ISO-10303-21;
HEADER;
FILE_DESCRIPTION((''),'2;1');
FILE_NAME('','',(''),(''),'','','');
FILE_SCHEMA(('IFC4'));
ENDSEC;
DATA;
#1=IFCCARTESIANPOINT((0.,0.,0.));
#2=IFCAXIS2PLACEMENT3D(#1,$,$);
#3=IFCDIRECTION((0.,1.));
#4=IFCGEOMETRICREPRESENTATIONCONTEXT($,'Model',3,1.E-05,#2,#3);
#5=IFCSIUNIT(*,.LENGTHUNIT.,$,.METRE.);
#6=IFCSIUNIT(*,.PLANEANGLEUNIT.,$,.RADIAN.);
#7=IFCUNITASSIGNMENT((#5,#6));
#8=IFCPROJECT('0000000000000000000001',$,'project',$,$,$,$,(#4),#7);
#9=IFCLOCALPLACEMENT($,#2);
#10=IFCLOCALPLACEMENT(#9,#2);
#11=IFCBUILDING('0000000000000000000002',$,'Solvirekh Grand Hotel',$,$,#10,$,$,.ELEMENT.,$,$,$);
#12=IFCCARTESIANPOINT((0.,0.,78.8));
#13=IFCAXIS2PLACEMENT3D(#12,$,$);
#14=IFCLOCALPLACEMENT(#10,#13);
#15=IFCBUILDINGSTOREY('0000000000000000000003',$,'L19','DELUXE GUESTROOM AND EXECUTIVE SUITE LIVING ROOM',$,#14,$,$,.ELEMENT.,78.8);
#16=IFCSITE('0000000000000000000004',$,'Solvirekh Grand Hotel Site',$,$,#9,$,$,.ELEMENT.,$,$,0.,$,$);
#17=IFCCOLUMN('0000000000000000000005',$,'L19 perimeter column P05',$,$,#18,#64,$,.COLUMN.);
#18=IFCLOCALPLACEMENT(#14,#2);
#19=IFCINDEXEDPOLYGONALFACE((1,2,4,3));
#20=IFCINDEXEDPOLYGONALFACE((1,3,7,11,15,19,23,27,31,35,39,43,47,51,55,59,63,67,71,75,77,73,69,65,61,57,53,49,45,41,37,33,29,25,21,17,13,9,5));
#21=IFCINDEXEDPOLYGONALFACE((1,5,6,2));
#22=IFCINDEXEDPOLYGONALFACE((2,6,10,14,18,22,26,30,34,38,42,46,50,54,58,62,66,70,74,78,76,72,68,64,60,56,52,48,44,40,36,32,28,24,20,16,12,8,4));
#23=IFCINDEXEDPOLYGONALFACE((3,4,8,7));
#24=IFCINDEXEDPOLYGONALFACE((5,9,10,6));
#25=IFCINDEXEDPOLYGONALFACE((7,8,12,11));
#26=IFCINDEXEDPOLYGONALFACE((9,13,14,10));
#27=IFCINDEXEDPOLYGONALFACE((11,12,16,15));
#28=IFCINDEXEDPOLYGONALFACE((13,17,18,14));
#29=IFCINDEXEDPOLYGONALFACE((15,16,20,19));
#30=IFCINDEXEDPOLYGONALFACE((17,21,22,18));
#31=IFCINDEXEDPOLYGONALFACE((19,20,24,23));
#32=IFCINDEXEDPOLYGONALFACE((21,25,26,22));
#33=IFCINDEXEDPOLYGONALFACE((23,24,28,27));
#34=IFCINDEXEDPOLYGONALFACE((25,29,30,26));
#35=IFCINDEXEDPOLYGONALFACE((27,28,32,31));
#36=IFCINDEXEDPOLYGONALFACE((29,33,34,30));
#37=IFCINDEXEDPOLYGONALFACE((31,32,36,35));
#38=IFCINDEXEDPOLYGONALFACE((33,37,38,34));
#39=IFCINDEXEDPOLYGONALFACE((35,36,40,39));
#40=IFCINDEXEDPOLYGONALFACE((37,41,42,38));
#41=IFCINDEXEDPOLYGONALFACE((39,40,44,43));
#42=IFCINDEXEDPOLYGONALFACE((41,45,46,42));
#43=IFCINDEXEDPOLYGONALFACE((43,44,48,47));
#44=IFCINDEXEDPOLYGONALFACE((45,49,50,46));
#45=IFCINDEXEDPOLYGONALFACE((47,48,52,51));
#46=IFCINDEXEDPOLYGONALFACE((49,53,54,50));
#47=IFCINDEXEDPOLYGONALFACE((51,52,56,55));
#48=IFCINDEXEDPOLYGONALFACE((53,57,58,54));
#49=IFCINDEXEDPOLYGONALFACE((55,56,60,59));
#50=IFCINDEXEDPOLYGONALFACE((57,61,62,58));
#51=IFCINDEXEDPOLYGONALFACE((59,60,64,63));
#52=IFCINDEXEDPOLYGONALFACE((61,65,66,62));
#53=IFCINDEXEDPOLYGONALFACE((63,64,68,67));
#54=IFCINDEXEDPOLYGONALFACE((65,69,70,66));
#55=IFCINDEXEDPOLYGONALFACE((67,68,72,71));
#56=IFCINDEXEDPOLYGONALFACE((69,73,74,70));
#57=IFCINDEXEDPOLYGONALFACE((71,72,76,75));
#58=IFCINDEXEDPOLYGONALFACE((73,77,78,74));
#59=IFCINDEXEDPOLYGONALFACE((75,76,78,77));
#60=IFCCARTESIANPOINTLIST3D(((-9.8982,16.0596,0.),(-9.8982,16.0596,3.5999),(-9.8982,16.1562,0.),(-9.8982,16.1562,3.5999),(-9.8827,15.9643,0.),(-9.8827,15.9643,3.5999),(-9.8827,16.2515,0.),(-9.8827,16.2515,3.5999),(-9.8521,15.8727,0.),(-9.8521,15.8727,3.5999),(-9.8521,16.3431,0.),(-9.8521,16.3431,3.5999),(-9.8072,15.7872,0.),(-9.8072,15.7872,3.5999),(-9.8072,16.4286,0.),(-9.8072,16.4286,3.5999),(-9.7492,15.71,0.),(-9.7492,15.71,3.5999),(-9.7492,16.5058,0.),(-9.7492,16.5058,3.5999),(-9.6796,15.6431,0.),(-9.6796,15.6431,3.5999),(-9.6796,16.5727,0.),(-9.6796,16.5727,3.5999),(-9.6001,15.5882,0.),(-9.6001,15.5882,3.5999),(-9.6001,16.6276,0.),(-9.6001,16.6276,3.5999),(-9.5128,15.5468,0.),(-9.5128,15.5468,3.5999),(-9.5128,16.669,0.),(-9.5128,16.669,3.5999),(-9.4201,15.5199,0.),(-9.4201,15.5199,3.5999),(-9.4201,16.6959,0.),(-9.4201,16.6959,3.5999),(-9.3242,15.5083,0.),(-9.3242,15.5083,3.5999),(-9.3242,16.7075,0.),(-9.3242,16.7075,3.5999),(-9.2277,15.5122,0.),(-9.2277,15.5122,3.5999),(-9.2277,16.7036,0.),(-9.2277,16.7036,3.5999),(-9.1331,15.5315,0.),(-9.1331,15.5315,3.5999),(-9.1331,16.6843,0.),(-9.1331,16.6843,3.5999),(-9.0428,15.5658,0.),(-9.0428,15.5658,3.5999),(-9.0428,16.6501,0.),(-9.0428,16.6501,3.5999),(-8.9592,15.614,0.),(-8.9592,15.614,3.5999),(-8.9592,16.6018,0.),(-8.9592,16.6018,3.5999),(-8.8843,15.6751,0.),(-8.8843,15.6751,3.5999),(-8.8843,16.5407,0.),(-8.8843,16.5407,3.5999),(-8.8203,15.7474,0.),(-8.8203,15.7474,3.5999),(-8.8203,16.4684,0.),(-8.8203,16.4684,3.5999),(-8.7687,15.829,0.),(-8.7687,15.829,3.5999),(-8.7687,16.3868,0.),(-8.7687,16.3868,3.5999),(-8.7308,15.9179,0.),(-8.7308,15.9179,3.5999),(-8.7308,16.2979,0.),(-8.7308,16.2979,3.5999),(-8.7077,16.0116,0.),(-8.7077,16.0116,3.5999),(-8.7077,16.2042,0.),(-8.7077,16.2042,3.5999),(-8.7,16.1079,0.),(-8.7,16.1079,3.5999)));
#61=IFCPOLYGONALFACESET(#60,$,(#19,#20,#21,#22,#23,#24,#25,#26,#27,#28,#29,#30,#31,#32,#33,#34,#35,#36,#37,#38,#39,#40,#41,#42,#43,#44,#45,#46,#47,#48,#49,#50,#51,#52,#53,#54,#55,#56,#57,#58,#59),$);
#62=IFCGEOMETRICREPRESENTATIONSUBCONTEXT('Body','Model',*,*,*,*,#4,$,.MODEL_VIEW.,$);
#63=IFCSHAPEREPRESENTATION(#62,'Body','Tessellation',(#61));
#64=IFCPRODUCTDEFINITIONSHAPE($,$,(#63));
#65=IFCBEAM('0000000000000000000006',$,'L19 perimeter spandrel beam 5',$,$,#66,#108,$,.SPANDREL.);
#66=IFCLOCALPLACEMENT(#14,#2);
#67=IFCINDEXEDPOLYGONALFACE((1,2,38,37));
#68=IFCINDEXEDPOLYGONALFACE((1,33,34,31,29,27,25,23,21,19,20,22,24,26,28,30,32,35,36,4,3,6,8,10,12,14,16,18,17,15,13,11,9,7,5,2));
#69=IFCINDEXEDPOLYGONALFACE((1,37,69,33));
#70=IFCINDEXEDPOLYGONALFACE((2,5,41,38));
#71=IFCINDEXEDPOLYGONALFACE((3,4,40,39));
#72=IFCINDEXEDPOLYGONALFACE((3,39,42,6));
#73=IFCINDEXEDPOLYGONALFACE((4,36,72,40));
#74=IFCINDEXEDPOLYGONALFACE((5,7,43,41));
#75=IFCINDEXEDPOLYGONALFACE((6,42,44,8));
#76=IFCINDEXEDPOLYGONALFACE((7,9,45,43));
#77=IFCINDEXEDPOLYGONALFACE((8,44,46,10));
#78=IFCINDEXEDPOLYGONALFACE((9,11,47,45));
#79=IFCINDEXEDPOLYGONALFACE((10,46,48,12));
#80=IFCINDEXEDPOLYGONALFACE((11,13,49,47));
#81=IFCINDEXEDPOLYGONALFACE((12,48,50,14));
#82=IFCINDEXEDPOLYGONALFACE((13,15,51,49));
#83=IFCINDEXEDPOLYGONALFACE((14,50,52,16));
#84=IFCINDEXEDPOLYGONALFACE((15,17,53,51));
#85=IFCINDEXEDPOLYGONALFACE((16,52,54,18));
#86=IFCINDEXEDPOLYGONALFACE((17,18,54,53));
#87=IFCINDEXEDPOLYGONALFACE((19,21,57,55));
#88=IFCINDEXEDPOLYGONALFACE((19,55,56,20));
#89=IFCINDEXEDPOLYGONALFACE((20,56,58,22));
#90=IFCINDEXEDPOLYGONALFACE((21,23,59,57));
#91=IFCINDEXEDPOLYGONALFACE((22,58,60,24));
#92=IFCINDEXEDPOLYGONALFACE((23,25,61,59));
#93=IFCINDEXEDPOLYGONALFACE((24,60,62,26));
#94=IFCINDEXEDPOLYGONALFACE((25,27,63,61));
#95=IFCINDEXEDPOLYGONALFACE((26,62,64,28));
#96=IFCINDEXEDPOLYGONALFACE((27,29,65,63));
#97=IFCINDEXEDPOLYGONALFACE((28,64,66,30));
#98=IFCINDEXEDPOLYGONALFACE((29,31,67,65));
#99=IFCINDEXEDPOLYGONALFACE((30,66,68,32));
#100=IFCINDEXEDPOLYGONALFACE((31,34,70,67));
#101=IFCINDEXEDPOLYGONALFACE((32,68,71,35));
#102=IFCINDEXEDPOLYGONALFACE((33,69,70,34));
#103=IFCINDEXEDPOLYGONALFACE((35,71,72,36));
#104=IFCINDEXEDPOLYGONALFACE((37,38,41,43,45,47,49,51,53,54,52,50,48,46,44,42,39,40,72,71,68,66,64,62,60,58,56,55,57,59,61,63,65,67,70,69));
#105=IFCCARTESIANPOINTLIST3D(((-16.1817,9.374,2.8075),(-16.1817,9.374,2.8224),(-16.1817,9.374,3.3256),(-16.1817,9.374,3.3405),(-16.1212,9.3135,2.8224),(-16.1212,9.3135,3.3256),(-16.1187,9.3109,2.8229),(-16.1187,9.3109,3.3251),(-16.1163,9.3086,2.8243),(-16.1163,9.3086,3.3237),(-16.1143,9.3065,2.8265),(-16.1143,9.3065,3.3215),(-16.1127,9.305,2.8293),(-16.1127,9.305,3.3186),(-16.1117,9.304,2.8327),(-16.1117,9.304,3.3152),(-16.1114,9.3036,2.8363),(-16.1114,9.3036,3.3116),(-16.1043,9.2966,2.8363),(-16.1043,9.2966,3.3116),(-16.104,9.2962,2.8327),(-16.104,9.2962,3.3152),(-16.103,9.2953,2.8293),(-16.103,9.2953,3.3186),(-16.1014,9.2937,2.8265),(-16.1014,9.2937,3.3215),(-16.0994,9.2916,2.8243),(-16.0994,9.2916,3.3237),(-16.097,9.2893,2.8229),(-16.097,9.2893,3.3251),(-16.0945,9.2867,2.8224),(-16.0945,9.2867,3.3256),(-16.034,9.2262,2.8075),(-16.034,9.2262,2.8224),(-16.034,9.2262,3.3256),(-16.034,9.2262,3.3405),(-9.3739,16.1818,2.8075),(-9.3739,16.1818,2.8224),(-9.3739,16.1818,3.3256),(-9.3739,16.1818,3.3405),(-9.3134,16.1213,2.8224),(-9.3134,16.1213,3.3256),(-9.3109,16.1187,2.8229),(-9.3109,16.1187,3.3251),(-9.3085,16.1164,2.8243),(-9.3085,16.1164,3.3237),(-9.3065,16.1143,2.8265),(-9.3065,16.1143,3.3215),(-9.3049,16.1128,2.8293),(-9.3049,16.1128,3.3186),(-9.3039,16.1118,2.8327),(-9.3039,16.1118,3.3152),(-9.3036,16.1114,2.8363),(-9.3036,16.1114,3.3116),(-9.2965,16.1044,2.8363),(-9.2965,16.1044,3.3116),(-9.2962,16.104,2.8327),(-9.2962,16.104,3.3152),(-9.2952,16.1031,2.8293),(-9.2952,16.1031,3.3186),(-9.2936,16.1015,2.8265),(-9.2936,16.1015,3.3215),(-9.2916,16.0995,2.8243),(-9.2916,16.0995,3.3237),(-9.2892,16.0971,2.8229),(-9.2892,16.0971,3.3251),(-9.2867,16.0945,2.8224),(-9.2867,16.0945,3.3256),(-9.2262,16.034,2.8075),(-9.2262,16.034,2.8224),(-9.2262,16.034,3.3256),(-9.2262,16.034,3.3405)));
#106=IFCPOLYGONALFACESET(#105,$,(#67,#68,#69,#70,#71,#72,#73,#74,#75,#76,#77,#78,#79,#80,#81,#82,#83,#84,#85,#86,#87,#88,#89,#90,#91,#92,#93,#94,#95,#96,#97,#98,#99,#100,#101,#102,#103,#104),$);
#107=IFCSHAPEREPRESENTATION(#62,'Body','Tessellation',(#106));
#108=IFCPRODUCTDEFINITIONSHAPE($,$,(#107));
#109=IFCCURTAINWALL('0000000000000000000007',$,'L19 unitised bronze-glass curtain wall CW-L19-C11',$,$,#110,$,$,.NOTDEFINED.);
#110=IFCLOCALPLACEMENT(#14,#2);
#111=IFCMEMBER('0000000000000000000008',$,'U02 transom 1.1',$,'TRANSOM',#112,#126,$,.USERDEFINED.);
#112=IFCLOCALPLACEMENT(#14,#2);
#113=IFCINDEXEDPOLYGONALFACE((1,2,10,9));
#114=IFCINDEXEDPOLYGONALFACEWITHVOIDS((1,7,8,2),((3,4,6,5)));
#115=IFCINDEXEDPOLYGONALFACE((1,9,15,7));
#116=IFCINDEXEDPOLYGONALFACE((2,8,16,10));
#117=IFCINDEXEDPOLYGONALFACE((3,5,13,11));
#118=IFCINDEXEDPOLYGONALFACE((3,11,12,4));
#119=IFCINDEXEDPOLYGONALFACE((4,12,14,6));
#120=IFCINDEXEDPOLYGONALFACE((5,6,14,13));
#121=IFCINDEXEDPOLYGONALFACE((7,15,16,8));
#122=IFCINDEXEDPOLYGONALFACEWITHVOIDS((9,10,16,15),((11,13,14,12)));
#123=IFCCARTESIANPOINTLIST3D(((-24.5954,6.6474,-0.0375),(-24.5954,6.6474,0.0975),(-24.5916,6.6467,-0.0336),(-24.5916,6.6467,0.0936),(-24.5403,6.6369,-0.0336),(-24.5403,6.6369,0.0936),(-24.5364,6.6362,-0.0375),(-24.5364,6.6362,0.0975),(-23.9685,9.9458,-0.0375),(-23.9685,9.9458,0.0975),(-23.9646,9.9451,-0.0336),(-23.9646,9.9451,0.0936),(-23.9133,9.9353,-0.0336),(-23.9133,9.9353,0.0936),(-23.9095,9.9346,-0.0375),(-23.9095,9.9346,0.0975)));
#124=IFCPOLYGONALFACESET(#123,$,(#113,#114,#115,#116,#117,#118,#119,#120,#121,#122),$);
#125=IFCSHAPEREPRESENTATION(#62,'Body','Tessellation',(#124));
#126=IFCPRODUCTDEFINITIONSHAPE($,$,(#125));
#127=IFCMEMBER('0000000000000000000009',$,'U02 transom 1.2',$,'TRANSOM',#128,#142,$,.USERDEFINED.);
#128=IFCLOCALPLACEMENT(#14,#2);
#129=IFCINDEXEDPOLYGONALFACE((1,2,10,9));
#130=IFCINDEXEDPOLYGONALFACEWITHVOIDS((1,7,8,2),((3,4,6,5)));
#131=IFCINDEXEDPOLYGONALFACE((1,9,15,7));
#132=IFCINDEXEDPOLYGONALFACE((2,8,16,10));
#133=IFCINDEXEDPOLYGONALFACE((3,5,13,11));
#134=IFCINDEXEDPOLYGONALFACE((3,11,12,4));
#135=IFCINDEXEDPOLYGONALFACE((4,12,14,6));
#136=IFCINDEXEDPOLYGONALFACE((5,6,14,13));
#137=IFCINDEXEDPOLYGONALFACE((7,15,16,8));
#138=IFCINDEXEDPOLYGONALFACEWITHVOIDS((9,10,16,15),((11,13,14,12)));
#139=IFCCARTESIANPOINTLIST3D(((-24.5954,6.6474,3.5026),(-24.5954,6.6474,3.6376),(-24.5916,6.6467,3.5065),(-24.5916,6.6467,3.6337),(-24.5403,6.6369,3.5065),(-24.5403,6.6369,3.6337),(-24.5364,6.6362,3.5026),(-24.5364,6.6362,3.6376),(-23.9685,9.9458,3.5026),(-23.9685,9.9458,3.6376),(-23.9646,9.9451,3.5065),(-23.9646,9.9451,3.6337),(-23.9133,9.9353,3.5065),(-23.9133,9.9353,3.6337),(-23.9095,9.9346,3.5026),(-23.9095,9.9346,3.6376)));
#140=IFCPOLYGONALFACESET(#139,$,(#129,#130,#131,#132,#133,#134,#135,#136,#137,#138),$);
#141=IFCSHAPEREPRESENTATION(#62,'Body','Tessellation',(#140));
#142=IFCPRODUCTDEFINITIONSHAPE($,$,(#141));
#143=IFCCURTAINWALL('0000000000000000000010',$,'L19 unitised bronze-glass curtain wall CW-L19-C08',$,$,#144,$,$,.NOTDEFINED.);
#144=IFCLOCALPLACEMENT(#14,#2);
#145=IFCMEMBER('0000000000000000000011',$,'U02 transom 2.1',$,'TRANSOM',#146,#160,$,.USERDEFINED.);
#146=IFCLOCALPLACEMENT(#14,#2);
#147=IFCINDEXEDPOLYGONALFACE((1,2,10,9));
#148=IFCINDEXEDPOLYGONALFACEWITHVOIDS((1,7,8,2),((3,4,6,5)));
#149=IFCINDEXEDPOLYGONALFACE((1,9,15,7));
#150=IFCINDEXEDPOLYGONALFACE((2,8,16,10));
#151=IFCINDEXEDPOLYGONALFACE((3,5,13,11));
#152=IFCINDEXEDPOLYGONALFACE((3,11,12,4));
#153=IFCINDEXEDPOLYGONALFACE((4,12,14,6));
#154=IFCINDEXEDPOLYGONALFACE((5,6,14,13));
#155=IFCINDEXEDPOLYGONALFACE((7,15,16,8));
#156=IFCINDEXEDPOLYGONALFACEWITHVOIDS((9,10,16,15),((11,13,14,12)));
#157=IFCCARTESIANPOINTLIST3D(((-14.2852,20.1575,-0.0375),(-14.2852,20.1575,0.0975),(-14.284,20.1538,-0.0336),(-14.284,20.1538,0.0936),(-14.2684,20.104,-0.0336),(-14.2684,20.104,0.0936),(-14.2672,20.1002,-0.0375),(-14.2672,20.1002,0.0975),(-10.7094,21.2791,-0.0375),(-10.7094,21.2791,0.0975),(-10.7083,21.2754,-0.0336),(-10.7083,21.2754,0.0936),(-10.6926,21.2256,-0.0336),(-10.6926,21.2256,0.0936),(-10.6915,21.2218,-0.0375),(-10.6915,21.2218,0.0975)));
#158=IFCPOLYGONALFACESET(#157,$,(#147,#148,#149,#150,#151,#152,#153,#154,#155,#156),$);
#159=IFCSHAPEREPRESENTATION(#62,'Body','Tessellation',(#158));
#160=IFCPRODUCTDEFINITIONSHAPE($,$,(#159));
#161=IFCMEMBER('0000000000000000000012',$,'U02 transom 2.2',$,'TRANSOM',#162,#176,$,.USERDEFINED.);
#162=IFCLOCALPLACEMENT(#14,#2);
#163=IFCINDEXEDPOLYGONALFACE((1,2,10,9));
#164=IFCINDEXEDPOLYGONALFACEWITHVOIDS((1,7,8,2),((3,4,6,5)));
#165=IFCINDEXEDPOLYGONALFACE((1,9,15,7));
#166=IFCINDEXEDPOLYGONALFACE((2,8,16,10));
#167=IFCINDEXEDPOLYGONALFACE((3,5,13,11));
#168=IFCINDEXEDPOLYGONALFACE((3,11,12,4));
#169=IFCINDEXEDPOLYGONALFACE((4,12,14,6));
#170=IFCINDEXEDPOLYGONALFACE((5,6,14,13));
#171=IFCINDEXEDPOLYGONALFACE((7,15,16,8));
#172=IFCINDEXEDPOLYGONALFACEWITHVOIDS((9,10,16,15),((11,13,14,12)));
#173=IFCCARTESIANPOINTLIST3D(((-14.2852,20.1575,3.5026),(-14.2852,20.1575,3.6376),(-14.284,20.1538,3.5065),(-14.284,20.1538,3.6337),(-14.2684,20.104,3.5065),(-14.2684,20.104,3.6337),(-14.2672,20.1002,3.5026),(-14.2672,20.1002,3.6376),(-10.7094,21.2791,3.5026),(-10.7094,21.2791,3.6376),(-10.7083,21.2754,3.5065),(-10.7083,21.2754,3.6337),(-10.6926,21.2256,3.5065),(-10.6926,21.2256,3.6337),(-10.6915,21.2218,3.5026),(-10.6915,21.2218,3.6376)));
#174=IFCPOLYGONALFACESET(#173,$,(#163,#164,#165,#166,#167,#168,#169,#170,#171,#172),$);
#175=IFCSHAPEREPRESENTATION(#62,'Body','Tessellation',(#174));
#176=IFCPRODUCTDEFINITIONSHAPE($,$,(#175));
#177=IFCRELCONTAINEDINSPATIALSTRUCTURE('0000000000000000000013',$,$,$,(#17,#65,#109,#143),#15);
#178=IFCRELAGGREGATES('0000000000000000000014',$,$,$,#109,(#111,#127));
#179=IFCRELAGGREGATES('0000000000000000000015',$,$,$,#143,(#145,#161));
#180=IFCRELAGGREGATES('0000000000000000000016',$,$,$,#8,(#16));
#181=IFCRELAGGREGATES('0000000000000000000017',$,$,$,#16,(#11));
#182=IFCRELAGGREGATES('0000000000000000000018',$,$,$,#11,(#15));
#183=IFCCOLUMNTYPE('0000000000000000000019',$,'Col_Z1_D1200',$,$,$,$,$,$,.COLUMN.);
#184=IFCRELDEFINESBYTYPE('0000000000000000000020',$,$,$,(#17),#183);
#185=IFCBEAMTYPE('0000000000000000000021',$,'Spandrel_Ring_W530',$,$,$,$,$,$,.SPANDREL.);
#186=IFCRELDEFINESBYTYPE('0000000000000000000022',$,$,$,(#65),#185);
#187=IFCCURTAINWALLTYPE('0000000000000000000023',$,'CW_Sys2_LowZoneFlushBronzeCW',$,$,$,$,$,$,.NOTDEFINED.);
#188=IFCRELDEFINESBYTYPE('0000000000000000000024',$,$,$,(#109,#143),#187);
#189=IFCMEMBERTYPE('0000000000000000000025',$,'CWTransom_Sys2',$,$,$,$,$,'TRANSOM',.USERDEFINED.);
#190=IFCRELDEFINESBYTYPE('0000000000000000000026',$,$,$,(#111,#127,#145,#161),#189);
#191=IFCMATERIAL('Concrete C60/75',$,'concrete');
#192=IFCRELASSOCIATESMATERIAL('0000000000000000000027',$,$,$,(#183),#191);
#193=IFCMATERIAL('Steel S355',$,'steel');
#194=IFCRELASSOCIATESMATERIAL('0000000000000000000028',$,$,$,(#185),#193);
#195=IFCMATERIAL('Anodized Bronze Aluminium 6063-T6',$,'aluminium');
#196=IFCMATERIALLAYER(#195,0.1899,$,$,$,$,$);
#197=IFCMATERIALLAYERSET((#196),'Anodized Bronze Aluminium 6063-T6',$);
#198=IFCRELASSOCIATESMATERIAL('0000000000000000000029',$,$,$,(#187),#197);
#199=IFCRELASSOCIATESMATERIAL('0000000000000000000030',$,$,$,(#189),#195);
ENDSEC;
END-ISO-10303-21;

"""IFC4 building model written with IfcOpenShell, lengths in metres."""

from ifc_helpers import new_model, si_unit, direction, frame, origin, origin_2d, place, context, subcontext, project, spatial, hollow_rectangle, circle, i_section, extrude, source, transform, mapped, material, layer, layer_set, material_profile, profile_set, type_object, element, aggregate, save


model = new_model("IFC4")

# Units and contexts
model_context = context("Model", 3, precision=1e-05, world=origin(), true_north=direction((0.0, 1.0)))
body_context = subcontext(model_context, "Body", "Model", "MODEL_VIEW")
ifc_project = project(units=[si_unit("LENGTHUNIT", "METRE"), si_unit("PLANEANGLEUNIT", "RADIAN")], contexts=[model_context])

# Site, building, storey
site_placement = place(None, origin())
site = spatial("IfcSite", under=ifc_project, at=site_placement, Name="Solvirekh Grand Hotel Site", CompositionType="ELEMENT", RefElevation=0.0)
building_placement = place(site_placement, origin())
building = spatial("IfcBuilding", under=site, at=building_placement, Name="Solvirekh Grand Hotel", CompositionType="ELEMENT")
storey_placement = place(building_placement, frame((0.0, 0.0, 78.8)))
storey = spatial("IfcBuildingStorey", under=building, at=storey_placement, Name="L19", Description="DELUXE GUESTROOM AND EXECUTIVE SUITE LIVING ROOM", CompositionType="ELEMENT", Elevation=78.8)

# Column
ifc_material_1 = material(Name="Concrete C60/75", Category="concrete")
ifc_material_profile_1 = material_profile(ifc_material_1, circle(Radius=0.6001, at=origin_2d()), Name="RC CIRC D1200")
ifc_profile_set_1 = profile_set([ifc_material_profile_1], Name="Concrete C60/75")
column_type = type_object("IfcColumnType", Name="Col_Z1_D1200", PredefinedType="COLUMN", material=ifc_profile_set_1)
column_placement = place(storey_placement, frame((-9.3, 16.1079, 0.0), z_axis=(0.0, 0.0, 1.0), x_axis=(1.0, 0.0, 0.0)))
element("IfcColumn", 1, at=column_placement, inside=storey, type_object=column_type, Name="L19 perimeter column P05", PredefinedType="COLUMN", context=body_context, shape_type="SweptSolid", body=[
    extrude(circle(Radius=0.6001, at=origin_2d()), origin(), (0.0, 0.0, 1.0), 3.5999),
])

# Beam
ifc_material_2 = material(Name="Steel S355", Category="steel")
ifc_material_profile_2 = material_profile(ifc_material_2, i_section(OverallWidth=0.209, OverallDepth=0.533, WebThickness=0.01, FlangeThickness=0.0149, FilletRadius=0.0139, at=origin_2d()), Name="W530X92")
ifc_profile_set_2 = profile_set([ifc_material_profile_2], Name="Steel S355")
beam_type = type_object("IfcBeamType", Name="Spandrel_Ring_W530", PredefinedType="SPANDREL", material=ifc_profile_set_2)
beam_placement = place(storey_placement, frame((-9.3, 16.1079, 3.074), z_axis=(-0.707107, -0.707107, 0.0), x_axis=(0.707107, -0.707107, 0.0)))
element("IfcBeam", 2, at=beam_placement, inside=storey, type_object=beam_type, Name="L19 perimeter spandrel beam 5", PredefinedType="SPANDREL", context=body_context, shape_type="SweptSolid", body=[
    extrude(i_section(OverallWidth=0.209, OverallDepth=0.533, WebThickness=0.01, FlangeThickness=0.0149, FilletRadius=0.0139, at=origin_2d()), origin(), (0.0, 0.0, 1.0), 9.6277),
])

# Curtain walls, members
ifc_material_3 = material(Name="Anodized Bronze Aluminium 6063-T6", Category="aluminium")
ifc_layer_1 = layer(ifc_material_3, 0.1899)
ifc_layer_set_1 = layer_set([ifc_layer_1], Name="Anodized Bronze Aluminium 6063-T6")
curtain_wall_type = type_object("IfcCurtainWallType", Name="CW_Sys2_LowZoneFlushBronzeCW", PredefinedType="NOTDEFINED", material=ifc_layer_set_1)
curtain_wall_1_placement = place(storey_placement, origin())
curtain_wall_1 = element("IfcCurtainWall", 3, at=curtain_wall_1_placement, inside=storey, type_object=curtain_wall_type, Name="L19 unitised bronze-glass curtain wall CW-L19-C11", PredefinedType="NOTDEFINED")
ifc_material_profile_3 = material_profile(ifc_material_3, hollow_rectangle(XDim=0.0601, YDim=0.135, WallThickness=0.0039, at=origin_2d()), Name="ALU RHS 135X60X4")
ifc_profile_set_3 = profile_set([ifc_material_profile_3], Name="Anodized Bronze Aluminium 6063-T6")
member_type_1 = type_object("IfcMemberType", Name="CWTransom_Sys2", ElementType="TRANSOM", PredefinedType="USERDEFINED", material=ifc_profile_set_3)
shared_shape_1 = source(origin(), body_context, "Body", "SweptSolid", [
    extrude(hollow_rectangle(XDim=0.0601, YDim=0.135, WallThickness=0.0039, at=origin_2d()), origin(), (0.0, 0.0, 1.0), 3.3574),
])
member_1_placement = place(storey_placement, frame((-23.939, 9.9402, 0.03), z_axis=(-0.186738, -0.98241, 0.0), x_axis=(0.98241, -0.186738, 0.0)))
member_1 = element("IfcMember", 4, at=member_1_placement, type_object=member_type_1, Name="U02 transom 1.1", ObjectType="TRANSOM", PredefinedType="USERDEFINED", context=body_context, shape_type="MappedRepresentation", body=[
    mapped(shared_shape_1, transform((0.0, 0.0, 0.0), x_axis=(1.0, 0.0, 0.0), y_axis=(0.0, 1.0, 0.0), z_axis=(0.0, 0.0, 1.0), scale=1.0)),
])
member_2_placement = place(storey_placement, frame((-23.939, 9.9402, 3.5701), z_axis=(-0.186738, -0.98241, 0.0), x_axis=(0.98241, -0.186738, 0.0)))
member_2 = element("IfcMember", 5, at=member_2_placement, type_object=member_type_1, Name="U02 transom 1.2", ObjectType="TRANSOM", PredefinedType="USERDEFINED", context=body_context, shape_type="MappedRepresentation", body=[
    mapped(shared_shape_1, transform((0.0, 0.0, 0.0), x_axis=(1.0, 0.0, 0.0), y_axis=(0.0, 1.0, 0.0), z_axis=(0.0, 0.0, 1.0), scale=1.0)),
])
curtain_wall_2_placement = place(storey_placement, origin())
curtain_wall_2 = element("IfcCurtainWall", 6, at=curtain_wall_2_placement, inside=storey, type_object=curtain_wall_type, Name="L19 unitised bronze-glass curtain wall CW-L19-C08", PredefinedType="NOTDEFINED")
shared_shape_2 = source(origin(), body_context, "Body", "SweptSolid", [
    extrude(hollow_rectangle(XDim=0.0601, YDim=0.135, WallThickness=0.0039, at=origin_2d()), origin(), (0.0, 0.0, 1.0), 3.7476),
])
member_3_placement = place(storey_placement, frame((-10.7004, 21.2505, 0.03), z_axis=(-0.954162, -0.299291, 0.0), x_axis=(0.299291, -0.954162, 0.0)))
member_3 = element("IfcMember", 7, at=member_3_placement, type_object=member_type_1, Name="U02 transom 2.1", ObjectType="TRANSOM", PredefinedType="USERDEFINED", context=body_context, shape_type="MappedRepresentation", body=[
    mapped(shared_shape_2, transform((0.0, 0.0, 0.0), x_axis=(1.0, 0.0, 0.0), y_axis=(0.0, 1.0, 0.0), z_axis=(0.0, 0.0, 1.0), scale=1.0)),
])
member_4_placement = place(storey_placement, frame((-10.7004, 21.2505, 3.5701), z_axis=(-0.954162, -0.299291, 0.0), x_axis=(0.299291, -0.954162, 0.0)))
member_4 = element("IfcMember", 8, at=member_4_placement, type_object=member_type_1, Name="U02 transom 2.2", ObjectType="TRANSOM", PredefinedType="USERDEFINED", context=body_context, shape_type="MappedRepresentation", body=[
    mapped(shared_shape_2, transform((0.0, 0.0, 0.0), x_axis=(1.0, 0.0, 0.0), y_axis=(0.0, 1.0, 0.0), z_axis=(0.0, 0.0, 1.0), scale=1.0)),
])

aggregate(curtain_wall_1, [member_1, member_2])

aggregate(curtain_wall_2, [member_3, member_4])

save(model, "model.ifc")
